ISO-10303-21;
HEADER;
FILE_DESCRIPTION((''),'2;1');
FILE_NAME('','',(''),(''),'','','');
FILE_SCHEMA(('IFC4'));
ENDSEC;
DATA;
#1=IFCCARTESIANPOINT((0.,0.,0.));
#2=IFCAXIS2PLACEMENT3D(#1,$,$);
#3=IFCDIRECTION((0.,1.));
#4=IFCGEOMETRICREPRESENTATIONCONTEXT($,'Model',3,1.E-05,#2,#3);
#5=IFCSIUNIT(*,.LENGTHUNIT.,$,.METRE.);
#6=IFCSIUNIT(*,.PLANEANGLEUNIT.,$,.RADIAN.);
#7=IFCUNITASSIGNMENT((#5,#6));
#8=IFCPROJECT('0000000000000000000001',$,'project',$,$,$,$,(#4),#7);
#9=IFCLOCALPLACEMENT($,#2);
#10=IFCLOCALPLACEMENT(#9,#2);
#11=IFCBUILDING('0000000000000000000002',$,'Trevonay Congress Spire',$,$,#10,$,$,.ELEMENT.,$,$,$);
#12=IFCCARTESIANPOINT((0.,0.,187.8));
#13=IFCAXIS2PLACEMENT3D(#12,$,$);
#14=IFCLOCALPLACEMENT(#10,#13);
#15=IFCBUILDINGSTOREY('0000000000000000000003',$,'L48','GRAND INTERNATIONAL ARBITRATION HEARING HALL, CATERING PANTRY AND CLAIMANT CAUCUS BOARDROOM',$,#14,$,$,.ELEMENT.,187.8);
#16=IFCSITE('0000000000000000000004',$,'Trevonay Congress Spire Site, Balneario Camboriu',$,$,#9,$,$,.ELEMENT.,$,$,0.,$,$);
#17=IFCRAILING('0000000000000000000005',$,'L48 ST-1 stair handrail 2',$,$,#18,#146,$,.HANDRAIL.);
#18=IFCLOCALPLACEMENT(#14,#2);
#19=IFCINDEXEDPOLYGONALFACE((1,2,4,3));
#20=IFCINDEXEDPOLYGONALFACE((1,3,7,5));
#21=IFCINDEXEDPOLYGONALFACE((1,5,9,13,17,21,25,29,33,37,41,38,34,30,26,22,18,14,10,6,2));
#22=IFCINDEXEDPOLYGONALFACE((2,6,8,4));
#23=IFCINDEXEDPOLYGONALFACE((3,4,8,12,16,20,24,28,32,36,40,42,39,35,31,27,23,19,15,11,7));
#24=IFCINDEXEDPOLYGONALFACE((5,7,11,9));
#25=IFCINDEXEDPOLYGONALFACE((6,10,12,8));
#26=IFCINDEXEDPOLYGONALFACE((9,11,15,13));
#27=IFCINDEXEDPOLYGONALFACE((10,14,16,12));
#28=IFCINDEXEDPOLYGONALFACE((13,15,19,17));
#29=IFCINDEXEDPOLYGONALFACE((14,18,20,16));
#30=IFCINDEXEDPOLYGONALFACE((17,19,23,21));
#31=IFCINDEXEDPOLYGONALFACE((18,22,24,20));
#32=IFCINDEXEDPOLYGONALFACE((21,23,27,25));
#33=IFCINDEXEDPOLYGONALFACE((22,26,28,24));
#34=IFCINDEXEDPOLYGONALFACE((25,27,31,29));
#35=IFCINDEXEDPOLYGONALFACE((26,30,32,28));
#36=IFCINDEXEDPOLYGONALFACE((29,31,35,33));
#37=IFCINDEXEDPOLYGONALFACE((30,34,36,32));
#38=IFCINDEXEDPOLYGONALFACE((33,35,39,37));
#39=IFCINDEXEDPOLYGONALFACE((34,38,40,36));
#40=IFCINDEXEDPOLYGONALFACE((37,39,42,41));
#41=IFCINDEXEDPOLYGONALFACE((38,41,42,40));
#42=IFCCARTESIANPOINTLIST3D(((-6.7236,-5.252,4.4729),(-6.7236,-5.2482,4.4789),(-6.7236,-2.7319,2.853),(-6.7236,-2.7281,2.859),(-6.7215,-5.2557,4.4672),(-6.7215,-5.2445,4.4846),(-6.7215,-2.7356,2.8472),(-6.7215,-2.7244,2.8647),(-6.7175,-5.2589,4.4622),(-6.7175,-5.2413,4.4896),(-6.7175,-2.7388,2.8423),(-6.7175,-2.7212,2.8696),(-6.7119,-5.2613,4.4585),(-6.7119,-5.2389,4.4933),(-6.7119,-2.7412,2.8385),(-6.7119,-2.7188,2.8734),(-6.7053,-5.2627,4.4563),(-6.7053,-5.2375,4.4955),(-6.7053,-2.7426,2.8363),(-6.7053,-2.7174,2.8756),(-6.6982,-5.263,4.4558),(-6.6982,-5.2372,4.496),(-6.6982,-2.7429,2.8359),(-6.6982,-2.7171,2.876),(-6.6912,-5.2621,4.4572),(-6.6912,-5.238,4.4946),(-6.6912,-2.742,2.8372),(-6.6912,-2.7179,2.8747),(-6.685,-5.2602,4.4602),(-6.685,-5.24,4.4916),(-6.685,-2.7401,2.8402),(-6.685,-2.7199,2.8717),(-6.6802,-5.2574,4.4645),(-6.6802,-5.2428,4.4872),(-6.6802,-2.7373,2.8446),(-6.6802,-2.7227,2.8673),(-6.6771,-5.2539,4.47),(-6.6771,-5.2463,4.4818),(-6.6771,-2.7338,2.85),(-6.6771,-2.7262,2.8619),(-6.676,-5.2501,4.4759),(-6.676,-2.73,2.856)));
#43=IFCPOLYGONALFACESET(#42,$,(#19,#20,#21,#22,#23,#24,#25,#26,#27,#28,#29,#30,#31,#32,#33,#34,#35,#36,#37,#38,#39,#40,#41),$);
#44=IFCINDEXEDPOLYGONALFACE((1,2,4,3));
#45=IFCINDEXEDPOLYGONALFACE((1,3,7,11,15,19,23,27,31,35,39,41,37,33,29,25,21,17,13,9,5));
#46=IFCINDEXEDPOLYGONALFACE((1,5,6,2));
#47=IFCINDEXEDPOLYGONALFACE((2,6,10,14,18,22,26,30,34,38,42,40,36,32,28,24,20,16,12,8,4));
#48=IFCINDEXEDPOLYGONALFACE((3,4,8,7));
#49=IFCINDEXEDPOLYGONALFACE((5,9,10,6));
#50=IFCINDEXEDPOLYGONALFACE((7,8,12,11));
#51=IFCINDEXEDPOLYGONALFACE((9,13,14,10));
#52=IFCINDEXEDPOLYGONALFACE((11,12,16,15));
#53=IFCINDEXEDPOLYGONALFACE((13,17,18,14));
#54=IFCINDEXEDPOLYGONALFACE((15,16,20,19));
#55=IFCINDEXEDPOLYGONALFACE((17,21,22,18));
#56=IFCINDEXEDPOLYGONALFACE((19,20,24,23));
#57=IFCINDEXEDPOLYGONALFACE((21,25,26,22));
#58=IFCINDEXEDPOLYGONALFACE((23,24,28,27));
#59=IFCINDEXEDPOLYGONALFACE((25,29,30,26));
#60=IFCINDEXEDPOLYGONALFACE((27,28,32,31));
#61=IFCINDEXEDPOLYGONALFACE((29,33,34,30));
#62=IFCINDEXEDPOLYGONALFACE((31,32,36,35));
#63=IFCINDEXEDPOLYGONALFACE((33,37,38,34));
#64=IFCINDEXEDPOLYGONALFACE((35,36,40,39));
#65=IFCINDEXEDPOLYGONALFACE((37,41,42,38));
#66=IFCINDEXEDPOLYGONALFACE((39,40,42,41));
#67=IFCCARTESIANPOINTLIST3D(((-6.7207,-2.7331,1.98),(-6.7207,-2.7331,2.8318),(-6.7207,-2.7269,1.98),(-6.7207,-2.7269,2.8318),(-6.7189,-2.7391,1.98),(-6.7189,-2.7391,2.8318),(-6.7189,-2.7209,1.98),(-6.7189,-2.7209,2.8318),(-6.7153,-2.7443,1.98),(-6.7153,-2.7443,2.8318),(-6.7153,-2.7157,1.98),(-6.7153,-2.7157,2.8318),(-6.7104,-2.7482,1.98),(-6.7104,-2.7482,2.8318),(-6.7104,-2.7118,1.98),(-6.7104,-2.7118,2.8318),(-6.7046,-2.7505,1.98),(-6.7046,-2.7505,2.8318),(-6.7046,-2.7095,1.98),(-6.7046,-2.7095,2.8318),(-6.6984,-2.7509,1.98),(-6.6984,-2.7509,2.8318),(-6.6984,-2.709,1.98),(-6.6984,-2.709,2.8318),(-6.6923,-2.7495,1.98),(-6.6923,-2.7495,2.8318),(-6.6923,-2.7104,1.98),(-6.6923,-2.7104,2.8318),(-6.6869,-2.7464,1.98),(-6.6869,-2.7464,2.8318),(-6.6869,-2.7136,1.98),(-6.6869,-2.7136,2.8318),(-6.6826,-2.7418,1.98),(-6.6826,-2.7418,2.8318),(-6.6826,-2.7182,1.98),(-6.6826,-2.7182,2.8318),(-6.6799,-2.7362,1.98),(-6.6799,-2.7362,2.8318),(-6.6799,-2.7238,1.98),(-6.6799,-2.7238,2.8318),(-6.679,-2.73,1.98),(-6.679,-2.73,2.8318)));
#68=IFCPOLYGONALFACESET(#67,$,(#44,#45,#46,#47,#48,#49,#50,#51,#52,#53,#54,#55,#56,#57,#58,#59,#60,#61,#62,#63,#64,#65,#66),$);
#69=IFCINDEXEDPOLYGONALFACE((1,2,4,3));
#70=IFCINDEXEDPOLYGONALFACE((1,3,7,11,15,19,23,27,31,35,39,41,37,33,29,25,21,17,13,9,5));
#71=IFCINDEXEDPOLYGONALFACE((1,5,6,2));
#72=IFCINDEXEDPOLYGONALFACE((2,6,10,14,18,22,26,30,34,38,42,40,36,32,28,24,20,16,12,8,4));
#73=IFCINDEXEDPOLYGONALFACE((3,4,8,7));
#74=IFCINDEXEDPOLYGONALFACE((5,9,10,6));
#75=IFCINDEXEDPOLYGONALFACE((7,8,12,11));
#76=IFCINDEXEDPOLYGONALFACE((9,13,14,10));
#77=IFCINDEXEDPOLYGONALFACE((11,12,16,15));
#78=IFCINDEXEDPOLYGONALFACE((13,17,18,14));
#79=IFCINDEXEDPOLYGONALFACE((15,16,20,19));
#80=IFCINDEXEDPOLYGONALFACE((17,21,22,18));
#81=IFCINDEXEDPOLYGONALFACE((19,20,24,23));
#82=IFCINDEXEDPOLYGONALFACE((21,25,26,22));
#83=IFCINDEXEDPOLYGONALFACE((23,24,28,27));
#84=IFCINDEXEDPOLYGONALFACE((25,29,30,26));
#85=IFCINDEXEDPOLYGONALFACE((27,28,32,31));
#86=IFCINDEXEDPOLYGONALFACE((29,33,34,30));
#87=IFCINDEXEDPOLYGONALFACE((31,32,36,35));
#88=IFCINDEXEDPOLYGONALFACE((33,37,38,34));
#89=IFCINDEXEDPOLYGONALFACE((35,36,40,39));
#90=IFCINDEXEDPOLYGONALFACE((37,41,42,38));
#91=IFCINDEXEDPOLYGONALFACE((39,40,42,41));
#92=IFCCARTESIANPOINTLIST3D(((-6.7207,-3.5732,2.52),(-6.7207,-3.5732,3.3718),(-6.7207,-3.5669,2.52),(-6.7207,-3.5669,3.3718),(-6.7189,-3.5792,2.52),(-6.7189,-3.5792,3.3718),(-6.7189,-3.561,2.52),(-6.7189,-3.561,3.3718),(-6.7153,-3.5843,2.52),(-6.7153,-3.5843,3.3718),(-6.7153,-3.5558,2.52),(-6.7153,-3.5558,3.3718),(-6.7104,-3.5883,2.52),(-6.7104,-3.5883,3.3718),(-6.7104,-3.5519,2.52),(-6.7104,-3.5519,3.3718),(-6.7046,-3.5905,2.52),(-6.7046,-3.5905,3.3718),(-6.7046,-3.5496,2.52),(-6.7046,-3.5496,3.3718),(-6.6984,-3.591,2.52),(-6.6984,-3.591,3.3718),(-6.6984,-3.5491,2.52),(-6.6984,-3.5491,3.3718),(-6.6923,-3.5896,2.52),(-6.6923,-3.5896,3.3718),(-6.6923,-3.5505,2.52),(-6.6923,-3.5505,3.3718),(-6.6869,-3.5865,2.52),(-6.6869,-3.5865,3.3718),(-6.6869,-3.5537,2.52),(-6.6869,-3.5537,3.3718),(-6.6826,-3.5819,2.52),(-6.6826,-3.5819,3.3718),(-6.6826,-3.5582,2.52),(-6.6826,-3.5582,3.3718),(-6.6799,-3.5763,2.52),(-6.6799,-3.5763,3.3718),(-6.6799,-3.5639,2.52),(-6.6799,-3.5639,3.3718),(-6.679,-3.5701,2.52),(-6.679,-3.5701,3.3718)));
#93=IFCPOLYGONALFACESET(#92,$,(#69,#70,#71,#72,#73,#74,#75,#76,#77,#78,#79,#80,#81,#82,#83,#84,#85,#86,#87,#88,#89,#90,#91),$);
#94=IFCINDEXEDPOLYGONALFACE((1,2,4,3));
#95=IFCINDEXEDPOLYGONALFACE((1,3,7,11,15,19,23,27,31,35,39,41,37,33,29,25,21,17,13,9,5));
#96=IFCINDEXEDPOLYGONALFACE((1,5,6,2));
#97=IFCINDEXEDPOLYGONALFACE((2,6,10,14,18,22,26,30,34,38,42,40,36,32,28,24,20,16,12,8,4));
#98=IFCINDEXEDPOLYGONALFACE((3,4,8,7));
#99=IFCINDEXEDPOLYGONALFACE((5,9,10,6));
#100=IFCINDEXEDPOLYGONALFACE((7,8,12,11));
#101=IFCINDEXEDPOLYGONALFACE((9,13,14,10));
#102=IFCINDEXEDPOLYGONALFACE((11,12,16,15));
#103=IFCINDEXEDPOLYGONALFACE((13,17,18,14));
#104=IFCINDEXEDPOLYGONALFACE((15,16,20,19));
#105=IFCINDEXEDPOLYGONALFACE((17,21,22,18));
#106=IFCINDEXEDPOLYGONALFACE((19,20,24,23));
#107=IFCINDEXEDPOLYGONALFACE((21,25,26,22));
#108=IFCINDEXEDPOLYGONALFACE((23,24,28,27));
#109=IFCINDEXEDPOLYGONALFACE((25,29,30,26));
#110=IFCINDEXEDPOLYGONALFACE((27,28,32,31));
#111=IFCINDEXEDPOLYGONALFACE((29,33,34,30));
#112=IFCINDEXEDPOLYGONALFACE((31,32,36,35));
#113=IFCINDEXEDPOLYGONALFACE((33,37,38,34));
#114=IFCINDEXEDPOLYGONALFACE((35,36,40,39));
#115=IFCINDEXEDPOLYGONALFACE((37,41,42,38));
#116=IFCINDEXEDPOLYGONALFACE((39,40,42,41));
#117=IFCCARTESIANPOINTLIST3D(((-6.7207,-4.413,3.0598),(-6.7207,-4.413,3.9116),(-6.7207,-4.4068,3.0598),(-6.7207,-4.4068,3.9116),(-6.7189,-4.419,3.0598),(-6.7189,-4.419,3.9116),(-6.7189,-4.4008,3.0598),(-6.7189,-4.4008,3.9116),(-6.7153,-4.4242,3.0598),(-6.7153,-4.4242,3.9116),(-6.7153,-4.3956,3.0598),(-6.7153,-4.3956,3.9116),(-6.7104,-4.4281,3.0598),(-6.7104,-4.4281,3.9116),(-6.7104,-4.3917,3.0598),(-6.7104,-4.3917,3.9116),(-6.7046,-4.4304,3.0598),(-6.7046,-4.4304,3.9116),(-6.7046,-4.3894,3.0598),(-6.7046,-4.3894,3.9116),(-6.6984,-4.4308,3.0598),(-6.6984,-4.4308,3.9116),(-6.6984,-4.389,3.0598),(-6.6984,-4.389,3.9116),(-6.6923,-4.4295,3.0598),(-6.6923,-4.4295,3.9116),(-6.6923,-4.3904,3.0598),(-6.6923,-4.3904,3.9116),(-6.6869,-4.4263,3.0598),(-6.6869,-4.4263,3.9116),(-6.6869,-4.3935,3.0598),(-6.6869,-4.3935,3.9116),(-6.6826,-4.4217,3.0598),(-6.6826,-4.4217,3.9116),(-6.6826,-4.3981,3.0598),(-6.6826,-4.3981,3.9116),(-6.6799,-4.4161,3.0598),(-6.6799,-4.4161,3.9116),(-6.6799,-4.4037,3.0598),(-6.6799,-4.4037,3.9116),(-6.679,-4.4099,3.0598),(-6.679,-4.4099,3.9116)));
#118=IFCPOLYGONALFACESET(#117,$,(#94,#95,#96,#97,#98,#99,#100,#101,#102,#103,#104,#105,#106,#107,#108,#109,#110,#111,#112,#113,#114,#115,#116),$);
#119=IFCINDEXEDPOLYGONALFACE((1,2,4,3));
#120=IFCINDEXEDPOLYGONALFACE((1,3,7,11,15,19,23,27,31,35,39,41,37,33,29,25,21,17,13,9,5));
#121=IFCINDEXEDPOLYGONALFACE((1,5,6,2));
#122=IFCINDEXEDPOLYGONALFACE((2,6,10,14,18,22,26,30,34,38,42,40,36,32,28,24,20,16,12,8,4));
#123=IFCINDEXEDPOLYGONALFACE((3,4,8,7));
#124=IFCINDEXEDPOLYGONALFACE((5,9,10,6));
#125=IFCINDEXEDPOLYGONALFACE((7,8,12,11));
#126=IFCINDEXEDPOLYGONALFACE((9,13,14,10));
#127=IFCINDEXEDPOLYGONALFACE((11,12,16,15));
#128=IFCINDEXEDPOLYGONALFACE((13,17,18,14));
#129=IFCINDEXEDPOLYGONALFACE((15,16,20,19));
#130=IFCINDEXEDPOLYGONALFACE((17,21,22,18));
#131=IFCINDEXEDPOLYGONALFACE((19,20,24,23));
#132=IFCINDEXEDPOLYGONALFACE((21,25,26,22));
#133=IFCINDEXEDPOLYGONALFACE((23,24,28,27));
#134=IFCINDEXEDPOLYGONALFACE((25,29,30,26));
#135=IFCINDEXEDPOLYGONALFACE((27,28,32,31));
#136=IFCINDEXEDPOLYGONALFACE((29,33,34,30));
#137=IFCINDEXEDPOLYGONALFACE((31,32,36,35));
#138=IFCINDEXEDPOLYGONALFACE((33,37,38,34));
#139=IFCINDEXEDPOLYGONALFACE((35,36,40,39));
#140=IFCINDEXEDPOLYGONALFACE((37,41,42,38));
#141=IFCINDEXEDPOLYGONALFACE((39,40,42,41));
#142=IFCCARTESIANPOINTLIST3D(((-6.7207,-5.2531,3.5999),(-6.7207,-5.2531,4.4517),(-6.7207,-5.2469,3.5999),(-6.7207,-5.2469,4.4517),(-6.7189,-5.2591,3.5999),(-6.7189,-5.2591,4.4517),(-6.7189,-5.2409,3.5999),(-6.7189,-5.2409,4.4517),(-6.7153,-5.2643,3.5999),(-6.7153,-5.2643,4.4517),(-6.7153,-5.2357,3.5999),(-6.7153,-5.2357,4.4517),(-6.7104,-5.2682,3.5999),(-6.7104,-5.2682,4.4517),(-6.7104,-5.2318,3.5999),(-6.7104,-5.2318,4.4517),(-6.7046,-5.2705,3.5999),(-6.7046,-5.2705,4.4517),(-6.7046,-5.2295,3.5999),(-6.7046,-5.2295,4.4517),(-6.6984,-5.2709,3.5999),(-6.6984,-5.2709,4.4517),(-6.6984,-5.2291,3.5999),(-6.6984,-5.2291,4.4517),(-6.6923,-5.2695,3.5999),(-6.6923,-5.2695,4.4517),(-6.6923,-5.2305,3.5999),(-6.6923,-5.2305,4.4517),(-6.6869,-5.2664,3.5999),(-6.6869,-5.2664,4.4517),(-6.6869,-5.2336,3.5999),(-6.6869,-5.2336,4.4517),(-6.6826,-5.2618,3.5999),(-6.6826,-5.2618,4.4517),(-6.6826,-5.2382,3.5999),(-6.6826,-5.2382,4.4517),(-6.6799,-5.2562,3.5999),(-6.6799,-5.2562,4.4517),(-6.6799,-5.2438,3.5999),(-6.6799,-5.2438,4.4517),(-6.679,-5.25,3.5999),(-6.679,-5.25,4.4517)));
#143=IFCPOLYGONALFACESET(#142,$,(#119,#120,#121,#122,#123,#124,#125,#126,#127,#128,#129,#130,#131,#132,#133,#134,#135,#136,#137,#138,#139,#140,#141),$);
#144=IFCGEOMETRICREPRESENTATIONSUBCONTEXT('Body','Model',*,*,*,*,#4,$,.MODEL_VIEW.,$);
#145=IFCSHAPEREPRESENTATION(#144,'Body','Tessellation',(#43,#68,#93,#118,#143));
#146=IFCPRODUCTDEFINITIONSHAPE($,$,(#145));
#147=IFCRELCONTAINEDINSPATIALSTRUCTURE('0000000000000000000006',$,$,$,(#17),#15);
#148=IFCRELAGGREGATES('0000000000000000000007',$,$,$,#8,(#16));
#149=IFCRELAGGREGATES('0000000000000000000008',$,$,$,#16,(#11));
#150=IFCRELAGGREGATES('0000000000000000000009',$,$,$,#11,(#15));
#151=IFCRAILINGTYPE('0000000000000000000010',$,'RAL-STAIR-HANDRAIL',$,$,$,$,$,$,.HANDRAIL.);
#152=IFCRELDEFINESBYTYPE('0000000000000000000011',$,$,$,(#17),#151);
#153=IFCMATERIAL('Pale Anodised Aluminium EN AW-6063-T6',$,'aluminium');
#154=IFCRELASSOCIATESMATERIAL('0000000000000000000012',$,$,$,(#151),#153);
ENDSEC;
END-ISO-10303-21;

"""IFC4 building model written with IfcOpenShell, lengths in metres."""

from ifc_helpers import new_model, si_unit, direction, frame, origin, origin_2d, place, context, subcontext, project, spatial, circle, extrude, material, type_object, element, save


model = new_model("IFC4")

# Units and contexts
model_context = context("Model", 3, precision=1e-05, world=origin(), true_north=direction((0.0, 1.0)))
body_context = subcontext(model_context, "Body", "Model", "MODEL_VIEW")
ifc_project = project(units=[si_unit("LENGTHUNIT", "METRE"), si_unit("PLANEANGLEUNIT", "RADIAN")], contexts=[model_context])

# Site, building, storey
site_placement = place(None, origin())
site = spatial("IfcSite", under=ifc_project, at=site_placement, Name="Trevonay Congress Spire Site, Balneario Camboriu", CompositionType="ELEMENT", RefElevation=0.0)
building_placement = place(site_placement, origin())
building = spatial("IfcBuilding", under=site, at=building_placement, Name="Trevonay Congress Spire", CompositionType="ELEMENT")
storey_placement = place(building_placement, frame((0.0, 0.0, 187.8)))
storey = spatial("IfcBuildingStorey", under=building, at=storey_placement, Name="L48", Description="GRAND INTERNATIONAL ARBITRATION HEARING HALL, CATERING PANTRY AND CLAIMANT CAUCUS BOARDROOM", CompositionType="ELEMENT", Elevation=187.8)

# Railing
ifc_material_1 = material(Name="Pale Anodised Aluminium EN AW-6063-T6", Category="aluminium")
railing_type_1 = type_object("IfcRailingType", Name="RAL-STAIR-HANDRAIL", PredefinedType="HANDRAIL", material=ifc_material_1)
railing_1_placement = place(storey_placement, frame((-6.7, -2.73, 1.98)))
element("IfcRailing", 1, at=railing_1_placement, inside=storey, type_object=railing_type_1, Name="L48 ST-1 stair handrail 2", PredefinedType="HANDRAIL", context=body_context, shape_type="SweptSolid", body=[
    extrude(circle(Radius=0.0239, at=origin_2d()), frame((0.0, 0.0, 0.876), z_axis=(0.0, -0.8412, 0.540725), x_axis=(1.0, 0.0, 0.0)), (0.0, 0.0, 1.0), 2.9958),
    extrude(circle(Radius=0.021, at=origin_2d()), origin(), (0.0, 0.0, 1.0), 0.8518),
    extrude(circle(Radius=0.021, at=origin_2d()), frame((0.0, -0.8401, 0.54)), (0.0, 0.0, 1.0), 0.8518),
    extrude(circle(Radius=0.021, at=origin_2d()), frame((0.0, -1.6799, 1.0798)), (0.0, 0.0, 1.0), 0.8518),
    extrude(circle(Radius=0.021, at=origin_2d()), frame((0.0, -2.52, 1.6199)), (0.0, 0.0, 1.0), 0.8518),
])

save(model, "model.ifc")
